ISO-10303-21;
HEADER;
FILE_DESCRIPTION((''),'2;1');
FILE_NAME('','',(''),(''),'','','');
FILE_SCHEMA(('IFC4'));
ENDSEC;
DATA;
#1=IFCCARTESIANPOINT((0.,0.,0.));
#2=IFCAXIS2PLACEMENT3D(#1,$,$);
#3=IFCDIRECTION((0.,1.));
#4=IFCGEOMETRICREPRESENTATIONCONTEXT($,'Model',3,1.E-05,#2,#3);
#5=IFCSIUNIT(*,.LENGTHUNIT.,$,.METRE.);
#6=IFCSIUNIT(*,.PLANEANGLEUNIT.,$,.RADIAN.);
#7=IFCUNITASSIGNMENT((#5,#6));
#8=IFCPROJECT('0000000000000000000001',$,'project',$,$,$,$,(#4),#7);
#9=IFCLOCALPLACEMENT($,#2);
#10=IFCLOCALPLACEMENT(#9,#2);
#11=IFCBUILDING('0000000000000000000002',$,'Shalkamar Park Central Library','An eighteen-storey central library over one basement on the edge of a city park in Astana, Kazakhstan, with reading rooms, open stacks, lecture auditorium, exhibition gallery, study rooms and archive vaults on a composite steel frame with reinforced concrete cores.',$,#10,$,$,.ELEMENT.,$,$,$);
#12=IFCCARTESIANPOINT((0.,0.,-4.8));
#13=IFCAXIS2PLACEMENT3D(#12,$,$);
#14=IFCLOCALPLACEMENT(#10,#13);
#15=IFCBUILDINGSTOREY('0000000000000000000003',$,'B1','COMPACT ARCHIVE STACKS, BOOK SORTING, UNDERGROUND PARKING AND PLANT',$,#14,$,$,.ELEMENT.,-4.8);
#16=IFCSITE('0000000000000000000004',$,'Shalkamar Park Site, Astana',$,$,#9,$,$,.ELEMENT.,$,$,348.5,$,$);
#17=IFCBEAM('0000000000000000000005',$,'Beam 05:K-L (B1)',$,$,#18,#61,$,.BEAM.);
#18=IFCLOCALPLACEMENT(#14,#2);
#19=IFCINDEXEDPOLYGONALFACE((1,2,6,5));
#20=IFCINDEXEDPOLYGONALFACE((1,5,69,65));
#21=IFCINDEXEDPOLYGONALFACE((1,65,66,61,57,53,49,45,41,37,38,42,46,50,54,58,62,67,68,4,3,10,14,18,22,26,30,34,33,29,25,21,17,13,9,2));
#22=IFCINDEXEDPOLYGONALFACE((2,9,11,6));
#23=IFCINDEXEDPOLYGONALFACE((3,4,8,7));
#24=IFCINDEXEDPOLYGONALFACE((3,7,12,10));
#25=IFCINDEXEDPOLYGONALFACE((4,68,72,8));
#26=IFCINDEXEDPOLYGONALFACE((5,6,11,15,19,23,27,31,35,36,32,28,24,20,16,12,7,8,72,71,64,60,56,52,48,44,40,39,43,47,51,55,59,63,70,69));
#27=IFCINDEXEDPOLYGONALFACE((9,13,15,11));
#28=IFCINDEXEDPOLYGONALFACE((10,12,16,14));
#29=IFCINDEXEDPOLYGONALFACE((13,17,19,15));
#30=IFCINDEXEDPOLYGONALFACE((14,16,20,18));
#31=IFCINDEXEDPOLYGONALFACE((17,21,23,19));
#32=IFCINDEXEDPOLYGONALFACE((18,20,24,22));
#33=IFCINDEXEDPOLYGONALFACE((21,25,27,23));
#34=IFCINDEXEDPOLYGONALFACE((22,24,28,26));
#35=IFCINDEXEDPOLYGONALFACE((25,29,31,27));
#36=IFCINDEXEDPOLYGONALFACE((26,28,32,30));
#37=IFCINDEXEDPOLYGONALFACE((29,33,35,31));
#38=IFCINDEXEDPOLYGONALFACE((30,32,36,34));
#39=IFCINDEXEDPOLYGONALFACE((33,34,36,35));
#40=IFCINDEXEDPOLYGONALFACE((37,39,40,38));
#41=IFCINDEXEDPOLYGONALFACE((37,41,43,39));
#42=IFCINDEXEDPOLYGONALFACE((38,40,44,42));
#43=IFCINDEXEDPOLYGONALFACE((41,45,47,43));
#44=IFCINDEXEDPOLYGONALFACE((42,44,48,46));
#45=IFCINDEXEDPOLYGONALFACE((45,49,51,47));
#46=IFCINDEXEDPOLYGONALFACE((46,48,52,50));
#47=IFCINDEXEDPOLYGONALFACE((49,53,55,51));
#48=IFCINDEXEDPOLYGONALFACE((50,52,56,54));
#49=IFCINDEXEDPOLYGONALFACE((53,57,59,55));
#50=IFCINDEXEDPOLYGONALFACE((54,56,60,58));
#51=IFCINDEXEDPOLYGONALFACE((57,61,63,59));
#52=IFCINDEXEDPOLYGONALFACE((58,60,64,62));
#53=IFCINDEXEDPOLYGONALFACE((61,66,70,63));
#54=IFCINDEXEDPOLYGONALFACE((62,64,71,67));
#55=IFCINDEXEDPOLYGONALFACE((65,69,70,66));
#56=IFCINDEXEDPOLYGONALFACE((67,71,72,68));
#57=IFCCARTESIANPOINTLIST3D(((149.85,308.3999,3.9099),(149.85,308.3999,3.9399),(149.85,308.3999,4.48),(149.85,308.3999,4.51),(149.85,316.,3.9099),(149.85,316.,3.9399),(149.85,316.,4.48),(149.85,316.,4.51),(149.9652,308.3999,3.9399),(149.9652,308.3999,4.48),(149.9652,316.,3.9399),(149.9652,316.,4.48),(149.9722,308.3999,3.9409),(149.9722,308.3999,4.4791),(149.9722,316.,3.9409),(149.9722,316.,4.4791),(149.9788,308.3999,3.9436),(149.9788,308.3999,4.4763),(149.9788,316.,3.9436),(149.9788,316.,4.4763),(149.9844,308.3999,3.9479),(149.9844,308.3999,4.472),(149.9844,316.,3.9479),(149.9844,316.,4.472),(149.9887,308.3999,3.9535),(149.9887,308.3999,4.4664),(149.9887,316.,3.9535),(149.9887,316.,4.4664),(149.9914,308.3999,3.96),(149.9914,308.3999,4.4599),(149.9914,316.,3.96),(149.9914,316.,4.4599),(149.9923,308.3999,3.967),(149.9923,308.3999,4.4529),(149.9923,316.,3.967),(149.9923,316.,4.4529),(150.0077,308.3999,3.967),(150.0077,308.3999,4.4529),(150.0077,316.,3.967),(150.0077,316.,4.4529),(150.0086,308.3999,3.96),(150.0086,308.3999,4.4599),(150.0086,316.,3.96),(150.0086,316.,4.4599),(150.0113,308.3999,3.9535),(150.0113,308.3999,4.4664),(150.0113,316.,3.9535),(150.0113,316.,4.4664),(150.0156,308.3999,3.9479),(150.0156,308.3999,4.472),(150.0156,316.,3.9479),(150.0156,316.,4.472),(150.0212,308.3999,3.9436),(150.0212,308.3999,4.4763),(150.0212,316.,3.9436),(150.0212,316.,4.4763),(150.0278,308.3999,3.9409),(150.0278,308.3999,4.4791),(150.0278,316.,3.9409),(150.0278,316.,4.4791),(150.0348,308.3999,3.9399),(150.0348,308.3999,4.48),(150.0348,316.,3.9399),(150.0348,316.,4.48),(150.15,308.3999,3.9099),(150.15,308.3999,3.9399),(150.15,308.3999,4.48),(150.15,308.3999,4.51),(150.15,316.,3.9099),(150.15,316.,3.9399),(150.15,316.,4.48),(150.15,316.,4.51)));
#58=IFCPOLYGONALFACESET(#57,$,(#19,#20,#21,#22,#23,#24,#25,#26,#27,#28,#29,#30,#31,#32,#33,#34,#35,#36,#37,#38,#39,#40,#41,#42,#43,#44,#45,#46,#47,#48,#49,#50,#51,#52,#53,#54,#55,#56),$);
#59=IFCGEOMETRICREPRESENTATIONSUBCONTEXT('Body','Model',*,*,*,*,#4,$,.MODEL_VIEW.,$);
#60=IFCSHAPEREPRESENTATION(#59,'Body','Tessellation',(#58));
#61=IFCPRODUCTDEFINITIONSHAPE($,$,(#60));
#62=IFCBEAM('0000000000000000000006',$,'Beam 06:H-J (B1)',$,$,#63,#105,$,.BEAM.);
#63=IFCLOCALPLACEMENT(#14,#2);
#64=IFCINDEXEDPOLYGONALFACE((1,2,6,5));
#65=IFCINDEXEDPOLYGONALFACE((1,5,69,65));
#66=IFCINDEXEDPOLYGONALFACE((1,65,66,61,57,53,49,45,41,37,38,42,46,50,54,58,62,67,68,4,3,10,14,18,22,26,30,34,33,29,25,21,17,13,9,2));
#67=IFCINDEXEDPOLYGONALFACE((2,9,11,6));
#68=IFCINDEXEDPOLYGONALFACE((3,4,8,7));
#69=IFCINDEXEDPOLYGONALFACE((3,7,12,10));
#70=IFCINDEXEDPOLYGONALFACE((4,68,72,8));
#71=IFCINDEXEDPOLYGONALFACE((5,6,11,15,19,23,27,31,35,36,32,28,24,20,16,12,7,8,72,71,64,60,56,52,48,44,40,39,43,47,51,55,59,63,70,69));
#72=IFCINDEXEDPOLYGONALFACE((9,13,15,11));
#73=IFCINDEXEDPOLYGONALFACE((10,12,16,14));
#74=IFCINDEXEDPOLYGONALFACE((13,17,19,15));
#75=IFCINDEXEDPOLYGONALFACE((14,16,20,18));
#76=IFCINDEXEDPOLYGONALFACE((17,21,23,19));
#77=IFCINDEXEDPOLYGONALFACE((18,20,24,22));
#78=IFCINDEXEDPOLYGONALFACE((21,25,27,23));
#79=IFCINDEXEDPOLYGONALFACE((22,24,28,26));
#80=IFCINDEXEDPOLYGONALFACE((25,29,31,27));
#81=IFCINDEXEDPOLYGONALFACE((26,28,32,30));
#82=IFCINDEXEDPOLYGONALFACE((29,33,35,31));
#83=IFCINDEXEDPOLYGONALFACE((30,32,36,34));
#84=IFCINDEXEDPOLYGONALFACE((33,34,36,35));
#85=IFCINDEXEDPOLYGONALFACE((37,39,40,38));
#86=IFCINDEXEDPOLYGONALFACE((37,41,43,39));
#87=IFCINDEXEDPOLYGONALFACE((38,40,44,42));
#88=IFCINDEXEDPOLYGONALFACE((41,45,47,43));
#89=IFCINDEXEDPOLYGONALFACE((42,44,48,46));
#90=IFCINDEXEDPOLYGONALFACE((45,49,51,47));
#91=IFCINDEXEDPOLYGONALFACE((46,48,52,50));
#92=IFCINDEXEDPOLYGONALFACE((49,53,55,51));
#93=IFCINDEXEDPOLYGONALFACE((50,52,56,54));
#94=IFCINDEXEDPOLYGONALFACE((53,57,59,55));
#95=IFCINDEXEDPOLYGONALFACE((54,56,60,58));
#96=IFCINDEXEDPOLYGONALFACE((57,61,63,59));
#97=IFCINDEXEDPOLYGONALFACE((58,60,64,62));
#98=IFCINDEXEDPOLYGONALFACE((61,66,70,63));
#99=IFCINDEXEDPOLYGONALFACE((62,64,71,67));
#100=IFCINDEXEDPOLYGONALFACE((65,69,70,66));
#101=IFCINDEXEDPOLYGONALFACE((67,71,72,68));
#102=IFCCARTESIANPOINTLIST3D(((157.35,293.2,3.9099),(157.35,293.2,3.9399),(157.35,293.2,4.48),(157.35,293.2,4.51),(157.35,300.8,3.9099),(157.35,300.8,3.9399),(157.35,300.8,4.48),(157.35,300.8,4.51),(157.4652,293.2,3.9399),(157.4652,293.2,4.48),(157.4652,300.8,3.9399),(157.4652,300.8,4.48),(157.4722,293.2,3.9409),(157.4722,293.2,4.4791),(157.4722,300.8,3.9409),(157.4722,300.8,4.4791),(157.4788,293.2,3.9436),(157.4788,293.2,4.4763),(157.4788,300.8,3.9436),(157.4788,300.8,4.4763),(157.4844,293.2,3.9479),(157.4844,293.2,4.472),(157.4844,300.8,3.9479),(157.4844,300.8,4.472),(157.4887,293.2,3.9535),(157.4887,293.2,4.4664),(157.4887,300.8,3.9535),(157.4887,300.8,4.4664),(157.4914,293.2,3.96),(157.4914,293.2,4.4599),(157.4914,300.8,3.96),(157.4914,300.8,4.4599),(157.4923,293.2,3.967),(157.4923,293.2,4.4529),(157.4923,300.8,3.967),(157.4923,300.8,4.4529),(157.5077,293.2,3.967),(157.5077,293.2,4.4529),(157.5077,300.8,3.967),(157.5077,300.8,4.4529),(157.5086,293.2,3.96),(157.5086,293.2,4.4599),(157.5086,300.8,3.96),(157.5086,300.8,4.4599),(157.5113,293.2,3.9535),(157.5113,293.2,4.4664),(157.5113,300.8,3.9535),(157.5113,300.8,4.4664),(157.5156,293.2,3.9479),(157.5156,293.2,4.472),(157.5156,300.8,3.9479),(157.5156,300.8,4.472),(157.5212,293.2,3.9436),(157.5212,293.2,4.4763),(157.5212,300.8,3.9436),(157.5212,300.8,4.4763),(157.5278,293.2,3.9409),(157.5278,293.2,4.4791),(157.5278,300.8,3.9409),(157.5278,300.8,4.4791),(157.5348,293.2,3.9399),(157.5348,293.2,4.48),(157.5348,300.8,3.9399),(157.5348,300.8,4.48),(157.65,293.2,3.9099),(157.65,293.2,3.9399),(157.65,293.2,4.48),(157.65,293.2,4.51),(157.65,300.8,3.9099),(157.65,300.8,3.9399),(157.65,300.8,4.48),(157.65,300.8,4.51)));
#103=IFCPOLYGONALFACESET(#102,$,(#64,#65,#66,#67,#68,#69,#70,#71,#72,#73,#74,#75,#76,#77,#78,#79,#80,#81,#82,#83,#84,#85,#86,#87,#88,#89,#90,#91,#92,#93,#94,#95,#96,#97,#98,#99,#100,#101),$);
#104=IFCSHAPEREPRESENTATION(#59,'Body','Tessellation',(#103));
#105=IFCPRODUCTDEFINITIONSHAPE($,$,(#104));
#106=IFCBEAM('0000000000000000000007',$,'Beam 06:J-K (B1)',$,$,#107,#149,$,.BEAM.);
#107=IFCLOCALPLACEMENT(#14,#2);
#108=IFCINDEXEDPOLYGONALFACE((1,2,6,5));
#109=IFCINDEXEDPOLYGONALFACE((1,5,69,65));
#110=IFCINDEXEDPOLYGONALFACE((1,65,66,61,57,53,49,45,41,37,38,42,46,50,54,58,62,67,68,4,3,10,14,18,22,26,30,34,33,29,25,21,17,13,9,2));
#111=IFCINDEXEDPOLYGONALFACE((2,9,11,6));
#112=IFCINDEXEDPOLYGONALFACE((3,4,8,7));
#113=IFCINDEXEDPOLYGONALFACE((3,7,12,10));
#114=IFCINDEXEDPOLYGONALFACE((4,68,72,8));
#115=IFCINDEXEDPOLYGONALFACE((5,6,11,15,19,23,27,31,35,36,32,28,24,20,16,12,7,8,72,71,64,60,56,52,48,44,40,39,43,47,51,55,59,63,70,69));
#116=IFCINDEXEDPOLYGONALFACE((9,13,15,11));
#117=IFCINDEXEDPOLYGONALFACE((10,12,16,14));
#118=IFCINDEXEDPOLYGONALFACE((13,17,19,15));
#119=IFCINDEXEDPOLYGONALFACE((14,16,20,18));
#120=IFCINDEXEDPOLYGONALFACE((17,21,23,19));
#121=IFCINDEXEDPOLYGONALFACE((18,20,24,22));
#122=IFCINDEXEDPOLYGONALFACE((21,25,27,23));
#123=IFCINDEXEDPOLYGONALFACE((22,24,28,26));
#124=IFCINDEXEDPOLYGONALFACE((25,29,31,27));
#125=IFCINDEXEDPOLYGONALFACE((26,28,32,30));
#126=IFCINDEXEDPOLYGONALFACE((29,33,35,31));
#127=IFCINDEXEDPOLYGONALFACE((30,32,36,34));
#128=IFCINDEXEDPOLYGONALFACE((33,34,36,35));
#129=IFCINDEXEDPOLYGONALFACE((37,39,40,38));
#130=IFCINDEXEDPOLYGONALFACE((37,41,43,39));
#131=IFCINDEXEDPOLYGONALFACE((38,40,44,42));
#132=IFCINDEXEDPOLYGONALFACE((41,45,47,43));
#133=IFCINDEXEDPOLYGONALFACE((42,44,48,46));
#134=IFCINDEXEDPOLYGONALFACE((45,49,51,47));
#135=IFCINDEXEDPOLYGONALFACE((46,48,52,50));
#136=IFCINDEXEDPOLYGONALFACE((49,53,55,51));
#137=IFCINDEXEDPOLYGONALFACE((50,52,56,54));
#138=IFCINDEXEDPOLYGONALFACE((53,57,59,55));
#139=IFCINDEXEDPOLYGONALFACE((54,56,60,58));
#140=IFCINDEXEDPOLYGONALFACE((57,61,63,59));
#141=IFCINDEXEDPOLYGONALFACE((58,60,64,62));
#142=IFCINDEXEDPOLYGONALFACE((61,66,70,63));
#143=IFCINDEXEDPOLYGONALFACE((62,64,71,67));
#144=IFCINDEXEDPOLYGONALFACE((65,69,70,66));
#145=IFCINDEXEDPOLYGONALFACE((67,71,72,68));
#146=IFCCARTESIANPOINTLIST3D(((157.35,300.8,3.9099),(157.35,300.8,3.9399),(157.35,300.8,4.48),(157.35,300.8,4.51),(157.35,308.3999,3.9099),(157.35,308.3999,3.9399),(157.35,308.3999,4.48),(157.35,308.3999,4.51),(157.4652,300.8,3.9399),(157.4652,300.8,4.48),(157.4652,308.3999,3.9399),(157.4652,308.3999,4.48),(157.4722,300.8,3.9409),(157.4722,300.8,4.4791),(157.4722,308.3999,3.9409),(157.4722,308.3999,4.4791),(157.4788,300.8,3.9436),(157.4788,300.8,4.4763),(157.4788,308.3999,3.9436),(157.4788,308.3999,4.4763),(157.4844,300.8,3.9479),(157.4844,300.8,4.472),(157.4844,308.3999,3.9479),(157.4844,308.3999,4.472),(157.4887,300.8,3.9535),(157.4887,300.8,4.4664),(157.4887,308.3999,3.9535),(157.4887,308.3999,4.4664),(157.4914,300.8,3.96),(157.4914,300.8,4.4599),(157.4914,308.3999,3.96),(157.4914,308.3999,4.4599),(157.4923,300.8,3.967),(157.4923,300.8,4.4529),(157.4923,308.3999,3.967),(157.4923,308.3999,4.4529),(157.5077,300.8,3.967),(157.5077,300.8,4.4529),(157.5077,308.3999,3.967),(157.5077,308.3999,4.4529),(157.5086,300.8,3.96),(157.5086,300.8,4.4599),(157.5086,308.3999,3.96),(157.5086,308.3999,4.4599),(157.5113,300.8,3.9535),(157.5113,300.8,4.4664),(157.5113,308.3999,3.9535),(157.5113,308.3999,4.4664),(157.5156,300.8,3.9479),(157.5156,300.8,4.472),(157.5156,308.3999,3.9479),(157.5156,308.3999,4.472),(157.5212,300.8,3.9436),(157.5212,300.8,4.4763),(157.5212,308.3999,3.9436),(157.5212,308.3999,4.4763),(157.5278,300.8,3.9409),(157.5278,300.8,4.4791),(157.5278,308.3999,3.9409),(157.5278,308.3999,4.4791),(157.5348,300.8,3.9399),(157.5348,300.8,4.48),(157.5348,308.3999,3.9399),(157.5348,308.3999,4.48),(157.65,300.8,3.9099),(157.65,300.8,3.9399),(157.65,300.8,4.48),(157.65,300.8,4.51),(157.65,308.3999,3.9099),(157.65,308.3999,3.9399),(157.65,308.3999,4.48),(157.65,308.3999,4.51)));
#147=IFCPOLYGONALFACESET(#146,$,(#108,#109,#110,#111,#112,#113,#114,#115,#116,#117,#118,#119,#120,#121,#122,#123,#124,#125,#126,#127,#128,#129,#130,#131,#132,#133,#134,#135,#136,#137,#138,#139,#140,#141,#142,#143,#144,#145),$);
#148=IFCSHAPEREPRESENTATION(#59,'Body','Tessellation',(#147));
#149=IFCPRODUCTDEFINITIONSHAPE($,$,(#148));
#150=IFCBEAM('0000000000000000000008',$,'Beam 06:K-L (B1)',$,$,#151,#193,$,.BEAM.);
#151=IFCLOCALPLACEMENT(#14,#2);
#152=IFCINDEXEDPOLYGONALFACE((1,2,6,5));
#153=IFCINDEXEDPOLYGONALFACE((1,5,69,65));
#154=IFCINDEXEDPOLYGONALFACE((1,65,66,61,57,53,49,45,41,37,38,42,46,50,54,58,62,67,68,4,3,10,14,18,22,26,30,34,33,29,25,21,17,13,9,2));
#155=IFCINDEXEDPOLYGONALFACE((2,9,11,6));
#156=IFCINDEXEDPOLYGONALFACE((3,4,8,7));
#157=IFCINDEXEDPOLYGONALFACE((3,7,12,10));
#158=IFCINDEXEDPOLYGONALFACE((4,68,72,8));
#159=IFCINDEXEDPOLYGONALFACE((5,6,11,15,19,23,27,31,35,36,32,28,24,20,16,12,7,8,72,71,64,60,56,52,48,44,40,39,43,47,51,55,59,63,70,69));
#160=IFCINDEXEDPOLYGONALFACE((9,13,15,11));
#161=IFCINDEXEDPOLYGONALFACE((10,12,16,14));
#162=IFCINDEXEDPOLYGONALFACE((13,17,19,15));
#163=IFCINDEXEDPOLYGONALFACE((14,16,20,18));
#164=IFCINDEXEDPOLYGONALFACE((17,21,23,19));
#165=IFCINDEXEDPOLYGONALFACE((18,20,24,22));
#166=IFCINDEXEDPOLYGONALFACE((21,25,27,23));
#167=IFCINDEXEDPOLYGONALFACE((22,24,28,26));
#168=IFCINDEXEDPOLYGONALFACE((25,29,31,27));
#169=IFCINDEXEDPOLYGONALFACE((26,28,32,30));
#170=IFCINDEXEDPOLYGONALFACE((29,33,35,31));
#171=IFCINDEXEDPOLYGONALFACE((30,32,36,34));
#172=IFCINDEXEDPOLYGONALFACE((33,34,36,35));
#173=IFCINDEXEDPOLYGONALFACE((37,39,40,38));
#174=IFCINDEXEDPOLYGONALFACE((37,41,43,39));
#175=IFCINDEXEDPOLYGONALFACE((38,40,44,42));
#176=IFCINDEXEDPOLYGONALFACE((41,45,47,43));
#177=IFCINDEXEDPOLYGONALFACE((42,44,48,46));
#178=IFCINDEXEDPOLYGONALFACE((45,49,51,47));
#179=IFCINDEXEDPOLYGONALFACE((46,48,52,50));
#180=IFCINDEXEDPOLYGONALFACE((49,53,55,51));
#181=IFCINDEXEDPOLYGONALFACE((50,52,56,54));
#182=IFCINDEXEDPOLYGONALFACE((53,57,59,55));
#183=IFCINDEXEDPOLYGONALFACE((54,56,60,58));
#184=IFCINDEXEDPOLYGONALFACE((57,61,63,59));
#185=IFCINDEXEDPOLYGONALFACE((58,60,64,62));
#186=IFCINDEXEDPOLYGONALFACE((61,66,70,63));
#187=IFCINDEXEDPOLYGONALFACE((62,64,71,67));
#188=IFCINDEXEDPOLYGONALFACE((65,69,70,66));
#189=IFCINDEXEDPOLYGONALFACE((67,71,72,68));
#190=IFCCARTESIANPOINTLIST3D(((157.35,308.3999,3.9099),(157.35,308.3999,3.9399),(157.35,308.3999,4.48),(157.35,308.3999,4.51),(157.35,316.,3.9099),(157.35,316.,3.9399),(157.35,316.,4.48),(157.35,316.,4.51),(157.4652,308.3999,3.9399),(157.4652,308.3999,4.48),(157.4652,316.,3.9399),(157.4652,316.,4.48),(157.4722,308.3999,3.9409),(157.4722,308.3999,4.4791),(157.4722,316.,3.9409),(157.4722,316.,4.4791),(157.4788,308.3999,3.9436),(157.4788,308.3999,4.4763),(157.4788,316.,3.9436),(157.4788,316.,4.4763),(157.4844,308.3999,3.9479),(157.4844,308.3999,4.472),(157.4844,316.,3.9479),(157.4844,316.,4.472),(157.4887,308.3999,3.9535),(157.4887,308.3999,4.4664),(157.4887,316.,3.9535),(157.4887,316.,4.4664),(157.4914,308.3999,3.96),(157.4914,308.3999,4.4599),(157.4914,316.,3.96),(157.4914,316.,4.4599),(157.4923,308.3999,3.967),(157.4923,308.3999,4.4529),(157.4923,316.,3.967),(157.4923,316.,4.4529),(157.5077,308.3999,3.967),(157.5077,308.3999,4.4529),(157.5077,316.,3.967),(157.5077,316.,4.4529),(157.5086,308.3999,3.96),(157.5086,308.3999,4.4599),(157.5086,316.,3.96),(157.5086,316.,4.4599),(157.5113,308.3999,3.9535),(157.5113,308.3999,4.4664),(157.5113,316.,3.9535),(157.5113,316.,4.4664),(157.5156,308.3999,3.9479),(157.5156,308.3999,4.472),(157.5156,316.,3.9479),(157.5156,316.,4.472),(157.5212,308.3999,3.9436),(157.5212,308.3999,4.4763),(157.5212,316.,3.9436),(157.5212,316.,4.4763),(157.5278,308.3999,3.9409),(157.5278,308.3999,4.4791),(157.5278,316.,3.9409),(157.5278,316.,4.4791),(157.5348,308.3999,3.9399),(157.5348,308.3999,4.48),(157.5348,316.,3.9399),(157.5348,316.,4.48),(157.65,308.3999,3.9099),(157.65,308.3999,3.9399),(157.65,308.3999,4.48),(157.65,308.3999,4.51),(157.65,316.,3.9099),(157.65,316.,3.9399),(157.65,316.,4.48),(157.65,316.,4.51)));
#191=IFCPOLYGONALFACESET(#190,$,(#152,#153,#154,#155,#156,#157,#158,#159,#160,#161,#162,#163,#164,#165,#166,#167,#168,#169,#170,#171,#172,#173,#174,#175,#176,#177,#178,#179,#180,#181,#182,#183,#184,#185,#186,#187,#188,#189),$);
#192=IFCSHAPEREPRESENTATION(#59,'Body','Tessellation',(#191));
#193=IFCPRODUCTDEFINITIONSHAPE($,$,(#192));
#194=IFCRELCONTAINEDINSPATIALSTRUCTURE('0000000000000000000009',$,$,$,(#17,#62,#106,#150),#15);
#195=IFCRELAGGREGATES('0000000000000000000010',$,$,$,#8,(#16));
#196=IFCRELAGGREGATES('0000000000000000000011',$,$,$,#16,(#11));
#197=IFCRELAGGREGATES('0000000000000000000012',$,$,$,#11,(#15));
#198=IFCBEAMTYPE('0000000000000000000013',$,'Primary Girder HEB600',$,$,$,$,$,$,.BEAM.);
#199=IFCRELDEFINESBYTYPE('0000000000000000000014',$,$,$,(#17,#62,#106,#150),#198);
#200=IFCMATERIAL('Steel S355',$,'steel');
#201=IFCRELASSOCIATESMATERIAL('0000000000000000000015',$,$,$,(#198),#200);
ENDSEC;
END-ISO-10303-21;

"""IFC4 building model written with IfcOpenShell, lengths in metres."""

from ifc_helpers import new_model, si_unit, direction, frame, origin, origin_2d, place, context, subcontext, project, spatial, i_section, extrude, material, material_profile, profile_set, type_object, element, save


model = new_model("IFC4")

# Units and contexts
model_context = context("Model", 3, precision=1e-05, world=origin(), true_north=direction((0.0, 1.0)))
body_context = subcontext(model_context, "Body", "Model", "MODEL_VIEW")
ifc_project = project(units=[si_unit("LENGTHUNIT", "METRE"), si_unit("PLANEANGLEUNIT", "RADIAN")], contexts=[model_context])

# Site, building, storey
site_placement = place(None, origin())
site = spatial("IfcSite", under=ifc_project, at=site_placement, Name="Shalkamar Park Site, Astana", CompositionType="ELEMENT", RefElevation=348.5)
building_placement = place(site_placement, origin())
building = spatial("IfcBuilding", under=site, at=building_placement, Name="Shalkamar Park Central Library", Description="An eighteen-storey central library over one basement on the edge of a city park in Astana, Kazakhstan, with reading rooms, open stacks, lecture auditorium, exhibition gallery, study rooms and archive vaults on a composite steel frame with reinforced concrete cores.", CompositionType="ELEMENT")
storey_placement = place(building_placement, frame((0.0, 0.0, -4.8)))
storey = spatial("IfcBuildingStorey", under=building, at=storey_placement, Name="B1", Description="COMPACT ARCHIVE STACKS, BOOK SORTING, UNDERGROUND PARKING AND PLANT", CompositionType="ELEMENT", Elevation=-4.8)

# Shared definitions
ifc_material_1 = material(Name="Steel S355", Category="steel")

# Beams
ifc_material_profile_1 = material_profile(ifc_material_1, i_section(OverallWidth=0.3, OverallDepth=0.6001, WebThickness=0.0154, FlangeThickness=0.03, FilletRadius=0.0271, at=origin_2d()), Name="HEB 600")
ifc_profile_set_1 = profile_set([ifc_material_profile_1], Name="Steel S355")
beam_type = type_object("IfcBeamType", Name="Primary Girder HEB600", PredefinedType="BEAM", material=ifc_profile_set_1)
for number, where, z_axis, x_axis, name in (
    (1, (150.0, 308.3999, 4.21), (0.0, 1.0, 0.0), (-1.0, 0.0, 0.0), "Beam 05:K-L (B1)"),
    (2, (157.5, 293.2, 4.21), (0.0, 1.0, 0.0), (-1.0, 0.0, 0.0), "Beam 06:H-J (B1)"),
):
    element("IfcBeam", number, at=place(storey_placement, frame(where, z_axis=z_axis, x_axis=x_axis)), inside=storey, type_object=beam_type, Name=name, PredefinedType="BEAM", context=body_context, shape_type="SweptSolid", body=[
        extrude(i_section(OverallWidth=0.3, OverallDepth=0.6001, WebThickness=0.0154, FlangeThickness=0.03, FilletRadius=0.0271, at=origin_2d()), origin(), (0.0, 0.0, 1.0), 7.6001),
    ])
beam_1_placement = place(storey_placement, frame((157.5, 300.8, 4.21), z_axis=(0.0, 1.0, 0.0), x_axis=(-1.0, 0.0, 0.0)))
element("IfcBeam", 3, at=beam_1_placement, inside=storey, type_object=beam_type, Name="Beam 06:J-K (B1)", PredefinedType="BEAM", context=body_context, shape_type="SweptSolid", body=[
    extrude(i_section(OverallWidth=0.3, OverallDepth=0.6001, WebThickness=0.0154, FlangeThickness=0.03, FilletRadius=0.0271, at=origin_2d()), origin(), (0.0, 0.0, 1.0), 7.5999),
])
beam_2_placement = place(storey_placement, frame((157.5, 308.3999, 4.21), z_axis=(0.0, 1.0, 0.0), x_axis=(-1.0, 0.0, 0.0)))
element("IfcBeam", 4, at=beam_2_placement, inside=storey, type_object=beam_type, Name="Beam 06:K-L (B1)", PredefinedType="BEAM", context=body_context, shape_type="SweptSolid", body=[
    extrude(i_section(OverallWidth=0.3, OverallDepth=0.6001, WebThickness=0.0154, FlangeThickness=0.03, FilletRadius=0.0271, at=origin_2d()), origin(), (0.0, 0.0, 1.0), 7.6001),
])

save(model, "model.ifc")
